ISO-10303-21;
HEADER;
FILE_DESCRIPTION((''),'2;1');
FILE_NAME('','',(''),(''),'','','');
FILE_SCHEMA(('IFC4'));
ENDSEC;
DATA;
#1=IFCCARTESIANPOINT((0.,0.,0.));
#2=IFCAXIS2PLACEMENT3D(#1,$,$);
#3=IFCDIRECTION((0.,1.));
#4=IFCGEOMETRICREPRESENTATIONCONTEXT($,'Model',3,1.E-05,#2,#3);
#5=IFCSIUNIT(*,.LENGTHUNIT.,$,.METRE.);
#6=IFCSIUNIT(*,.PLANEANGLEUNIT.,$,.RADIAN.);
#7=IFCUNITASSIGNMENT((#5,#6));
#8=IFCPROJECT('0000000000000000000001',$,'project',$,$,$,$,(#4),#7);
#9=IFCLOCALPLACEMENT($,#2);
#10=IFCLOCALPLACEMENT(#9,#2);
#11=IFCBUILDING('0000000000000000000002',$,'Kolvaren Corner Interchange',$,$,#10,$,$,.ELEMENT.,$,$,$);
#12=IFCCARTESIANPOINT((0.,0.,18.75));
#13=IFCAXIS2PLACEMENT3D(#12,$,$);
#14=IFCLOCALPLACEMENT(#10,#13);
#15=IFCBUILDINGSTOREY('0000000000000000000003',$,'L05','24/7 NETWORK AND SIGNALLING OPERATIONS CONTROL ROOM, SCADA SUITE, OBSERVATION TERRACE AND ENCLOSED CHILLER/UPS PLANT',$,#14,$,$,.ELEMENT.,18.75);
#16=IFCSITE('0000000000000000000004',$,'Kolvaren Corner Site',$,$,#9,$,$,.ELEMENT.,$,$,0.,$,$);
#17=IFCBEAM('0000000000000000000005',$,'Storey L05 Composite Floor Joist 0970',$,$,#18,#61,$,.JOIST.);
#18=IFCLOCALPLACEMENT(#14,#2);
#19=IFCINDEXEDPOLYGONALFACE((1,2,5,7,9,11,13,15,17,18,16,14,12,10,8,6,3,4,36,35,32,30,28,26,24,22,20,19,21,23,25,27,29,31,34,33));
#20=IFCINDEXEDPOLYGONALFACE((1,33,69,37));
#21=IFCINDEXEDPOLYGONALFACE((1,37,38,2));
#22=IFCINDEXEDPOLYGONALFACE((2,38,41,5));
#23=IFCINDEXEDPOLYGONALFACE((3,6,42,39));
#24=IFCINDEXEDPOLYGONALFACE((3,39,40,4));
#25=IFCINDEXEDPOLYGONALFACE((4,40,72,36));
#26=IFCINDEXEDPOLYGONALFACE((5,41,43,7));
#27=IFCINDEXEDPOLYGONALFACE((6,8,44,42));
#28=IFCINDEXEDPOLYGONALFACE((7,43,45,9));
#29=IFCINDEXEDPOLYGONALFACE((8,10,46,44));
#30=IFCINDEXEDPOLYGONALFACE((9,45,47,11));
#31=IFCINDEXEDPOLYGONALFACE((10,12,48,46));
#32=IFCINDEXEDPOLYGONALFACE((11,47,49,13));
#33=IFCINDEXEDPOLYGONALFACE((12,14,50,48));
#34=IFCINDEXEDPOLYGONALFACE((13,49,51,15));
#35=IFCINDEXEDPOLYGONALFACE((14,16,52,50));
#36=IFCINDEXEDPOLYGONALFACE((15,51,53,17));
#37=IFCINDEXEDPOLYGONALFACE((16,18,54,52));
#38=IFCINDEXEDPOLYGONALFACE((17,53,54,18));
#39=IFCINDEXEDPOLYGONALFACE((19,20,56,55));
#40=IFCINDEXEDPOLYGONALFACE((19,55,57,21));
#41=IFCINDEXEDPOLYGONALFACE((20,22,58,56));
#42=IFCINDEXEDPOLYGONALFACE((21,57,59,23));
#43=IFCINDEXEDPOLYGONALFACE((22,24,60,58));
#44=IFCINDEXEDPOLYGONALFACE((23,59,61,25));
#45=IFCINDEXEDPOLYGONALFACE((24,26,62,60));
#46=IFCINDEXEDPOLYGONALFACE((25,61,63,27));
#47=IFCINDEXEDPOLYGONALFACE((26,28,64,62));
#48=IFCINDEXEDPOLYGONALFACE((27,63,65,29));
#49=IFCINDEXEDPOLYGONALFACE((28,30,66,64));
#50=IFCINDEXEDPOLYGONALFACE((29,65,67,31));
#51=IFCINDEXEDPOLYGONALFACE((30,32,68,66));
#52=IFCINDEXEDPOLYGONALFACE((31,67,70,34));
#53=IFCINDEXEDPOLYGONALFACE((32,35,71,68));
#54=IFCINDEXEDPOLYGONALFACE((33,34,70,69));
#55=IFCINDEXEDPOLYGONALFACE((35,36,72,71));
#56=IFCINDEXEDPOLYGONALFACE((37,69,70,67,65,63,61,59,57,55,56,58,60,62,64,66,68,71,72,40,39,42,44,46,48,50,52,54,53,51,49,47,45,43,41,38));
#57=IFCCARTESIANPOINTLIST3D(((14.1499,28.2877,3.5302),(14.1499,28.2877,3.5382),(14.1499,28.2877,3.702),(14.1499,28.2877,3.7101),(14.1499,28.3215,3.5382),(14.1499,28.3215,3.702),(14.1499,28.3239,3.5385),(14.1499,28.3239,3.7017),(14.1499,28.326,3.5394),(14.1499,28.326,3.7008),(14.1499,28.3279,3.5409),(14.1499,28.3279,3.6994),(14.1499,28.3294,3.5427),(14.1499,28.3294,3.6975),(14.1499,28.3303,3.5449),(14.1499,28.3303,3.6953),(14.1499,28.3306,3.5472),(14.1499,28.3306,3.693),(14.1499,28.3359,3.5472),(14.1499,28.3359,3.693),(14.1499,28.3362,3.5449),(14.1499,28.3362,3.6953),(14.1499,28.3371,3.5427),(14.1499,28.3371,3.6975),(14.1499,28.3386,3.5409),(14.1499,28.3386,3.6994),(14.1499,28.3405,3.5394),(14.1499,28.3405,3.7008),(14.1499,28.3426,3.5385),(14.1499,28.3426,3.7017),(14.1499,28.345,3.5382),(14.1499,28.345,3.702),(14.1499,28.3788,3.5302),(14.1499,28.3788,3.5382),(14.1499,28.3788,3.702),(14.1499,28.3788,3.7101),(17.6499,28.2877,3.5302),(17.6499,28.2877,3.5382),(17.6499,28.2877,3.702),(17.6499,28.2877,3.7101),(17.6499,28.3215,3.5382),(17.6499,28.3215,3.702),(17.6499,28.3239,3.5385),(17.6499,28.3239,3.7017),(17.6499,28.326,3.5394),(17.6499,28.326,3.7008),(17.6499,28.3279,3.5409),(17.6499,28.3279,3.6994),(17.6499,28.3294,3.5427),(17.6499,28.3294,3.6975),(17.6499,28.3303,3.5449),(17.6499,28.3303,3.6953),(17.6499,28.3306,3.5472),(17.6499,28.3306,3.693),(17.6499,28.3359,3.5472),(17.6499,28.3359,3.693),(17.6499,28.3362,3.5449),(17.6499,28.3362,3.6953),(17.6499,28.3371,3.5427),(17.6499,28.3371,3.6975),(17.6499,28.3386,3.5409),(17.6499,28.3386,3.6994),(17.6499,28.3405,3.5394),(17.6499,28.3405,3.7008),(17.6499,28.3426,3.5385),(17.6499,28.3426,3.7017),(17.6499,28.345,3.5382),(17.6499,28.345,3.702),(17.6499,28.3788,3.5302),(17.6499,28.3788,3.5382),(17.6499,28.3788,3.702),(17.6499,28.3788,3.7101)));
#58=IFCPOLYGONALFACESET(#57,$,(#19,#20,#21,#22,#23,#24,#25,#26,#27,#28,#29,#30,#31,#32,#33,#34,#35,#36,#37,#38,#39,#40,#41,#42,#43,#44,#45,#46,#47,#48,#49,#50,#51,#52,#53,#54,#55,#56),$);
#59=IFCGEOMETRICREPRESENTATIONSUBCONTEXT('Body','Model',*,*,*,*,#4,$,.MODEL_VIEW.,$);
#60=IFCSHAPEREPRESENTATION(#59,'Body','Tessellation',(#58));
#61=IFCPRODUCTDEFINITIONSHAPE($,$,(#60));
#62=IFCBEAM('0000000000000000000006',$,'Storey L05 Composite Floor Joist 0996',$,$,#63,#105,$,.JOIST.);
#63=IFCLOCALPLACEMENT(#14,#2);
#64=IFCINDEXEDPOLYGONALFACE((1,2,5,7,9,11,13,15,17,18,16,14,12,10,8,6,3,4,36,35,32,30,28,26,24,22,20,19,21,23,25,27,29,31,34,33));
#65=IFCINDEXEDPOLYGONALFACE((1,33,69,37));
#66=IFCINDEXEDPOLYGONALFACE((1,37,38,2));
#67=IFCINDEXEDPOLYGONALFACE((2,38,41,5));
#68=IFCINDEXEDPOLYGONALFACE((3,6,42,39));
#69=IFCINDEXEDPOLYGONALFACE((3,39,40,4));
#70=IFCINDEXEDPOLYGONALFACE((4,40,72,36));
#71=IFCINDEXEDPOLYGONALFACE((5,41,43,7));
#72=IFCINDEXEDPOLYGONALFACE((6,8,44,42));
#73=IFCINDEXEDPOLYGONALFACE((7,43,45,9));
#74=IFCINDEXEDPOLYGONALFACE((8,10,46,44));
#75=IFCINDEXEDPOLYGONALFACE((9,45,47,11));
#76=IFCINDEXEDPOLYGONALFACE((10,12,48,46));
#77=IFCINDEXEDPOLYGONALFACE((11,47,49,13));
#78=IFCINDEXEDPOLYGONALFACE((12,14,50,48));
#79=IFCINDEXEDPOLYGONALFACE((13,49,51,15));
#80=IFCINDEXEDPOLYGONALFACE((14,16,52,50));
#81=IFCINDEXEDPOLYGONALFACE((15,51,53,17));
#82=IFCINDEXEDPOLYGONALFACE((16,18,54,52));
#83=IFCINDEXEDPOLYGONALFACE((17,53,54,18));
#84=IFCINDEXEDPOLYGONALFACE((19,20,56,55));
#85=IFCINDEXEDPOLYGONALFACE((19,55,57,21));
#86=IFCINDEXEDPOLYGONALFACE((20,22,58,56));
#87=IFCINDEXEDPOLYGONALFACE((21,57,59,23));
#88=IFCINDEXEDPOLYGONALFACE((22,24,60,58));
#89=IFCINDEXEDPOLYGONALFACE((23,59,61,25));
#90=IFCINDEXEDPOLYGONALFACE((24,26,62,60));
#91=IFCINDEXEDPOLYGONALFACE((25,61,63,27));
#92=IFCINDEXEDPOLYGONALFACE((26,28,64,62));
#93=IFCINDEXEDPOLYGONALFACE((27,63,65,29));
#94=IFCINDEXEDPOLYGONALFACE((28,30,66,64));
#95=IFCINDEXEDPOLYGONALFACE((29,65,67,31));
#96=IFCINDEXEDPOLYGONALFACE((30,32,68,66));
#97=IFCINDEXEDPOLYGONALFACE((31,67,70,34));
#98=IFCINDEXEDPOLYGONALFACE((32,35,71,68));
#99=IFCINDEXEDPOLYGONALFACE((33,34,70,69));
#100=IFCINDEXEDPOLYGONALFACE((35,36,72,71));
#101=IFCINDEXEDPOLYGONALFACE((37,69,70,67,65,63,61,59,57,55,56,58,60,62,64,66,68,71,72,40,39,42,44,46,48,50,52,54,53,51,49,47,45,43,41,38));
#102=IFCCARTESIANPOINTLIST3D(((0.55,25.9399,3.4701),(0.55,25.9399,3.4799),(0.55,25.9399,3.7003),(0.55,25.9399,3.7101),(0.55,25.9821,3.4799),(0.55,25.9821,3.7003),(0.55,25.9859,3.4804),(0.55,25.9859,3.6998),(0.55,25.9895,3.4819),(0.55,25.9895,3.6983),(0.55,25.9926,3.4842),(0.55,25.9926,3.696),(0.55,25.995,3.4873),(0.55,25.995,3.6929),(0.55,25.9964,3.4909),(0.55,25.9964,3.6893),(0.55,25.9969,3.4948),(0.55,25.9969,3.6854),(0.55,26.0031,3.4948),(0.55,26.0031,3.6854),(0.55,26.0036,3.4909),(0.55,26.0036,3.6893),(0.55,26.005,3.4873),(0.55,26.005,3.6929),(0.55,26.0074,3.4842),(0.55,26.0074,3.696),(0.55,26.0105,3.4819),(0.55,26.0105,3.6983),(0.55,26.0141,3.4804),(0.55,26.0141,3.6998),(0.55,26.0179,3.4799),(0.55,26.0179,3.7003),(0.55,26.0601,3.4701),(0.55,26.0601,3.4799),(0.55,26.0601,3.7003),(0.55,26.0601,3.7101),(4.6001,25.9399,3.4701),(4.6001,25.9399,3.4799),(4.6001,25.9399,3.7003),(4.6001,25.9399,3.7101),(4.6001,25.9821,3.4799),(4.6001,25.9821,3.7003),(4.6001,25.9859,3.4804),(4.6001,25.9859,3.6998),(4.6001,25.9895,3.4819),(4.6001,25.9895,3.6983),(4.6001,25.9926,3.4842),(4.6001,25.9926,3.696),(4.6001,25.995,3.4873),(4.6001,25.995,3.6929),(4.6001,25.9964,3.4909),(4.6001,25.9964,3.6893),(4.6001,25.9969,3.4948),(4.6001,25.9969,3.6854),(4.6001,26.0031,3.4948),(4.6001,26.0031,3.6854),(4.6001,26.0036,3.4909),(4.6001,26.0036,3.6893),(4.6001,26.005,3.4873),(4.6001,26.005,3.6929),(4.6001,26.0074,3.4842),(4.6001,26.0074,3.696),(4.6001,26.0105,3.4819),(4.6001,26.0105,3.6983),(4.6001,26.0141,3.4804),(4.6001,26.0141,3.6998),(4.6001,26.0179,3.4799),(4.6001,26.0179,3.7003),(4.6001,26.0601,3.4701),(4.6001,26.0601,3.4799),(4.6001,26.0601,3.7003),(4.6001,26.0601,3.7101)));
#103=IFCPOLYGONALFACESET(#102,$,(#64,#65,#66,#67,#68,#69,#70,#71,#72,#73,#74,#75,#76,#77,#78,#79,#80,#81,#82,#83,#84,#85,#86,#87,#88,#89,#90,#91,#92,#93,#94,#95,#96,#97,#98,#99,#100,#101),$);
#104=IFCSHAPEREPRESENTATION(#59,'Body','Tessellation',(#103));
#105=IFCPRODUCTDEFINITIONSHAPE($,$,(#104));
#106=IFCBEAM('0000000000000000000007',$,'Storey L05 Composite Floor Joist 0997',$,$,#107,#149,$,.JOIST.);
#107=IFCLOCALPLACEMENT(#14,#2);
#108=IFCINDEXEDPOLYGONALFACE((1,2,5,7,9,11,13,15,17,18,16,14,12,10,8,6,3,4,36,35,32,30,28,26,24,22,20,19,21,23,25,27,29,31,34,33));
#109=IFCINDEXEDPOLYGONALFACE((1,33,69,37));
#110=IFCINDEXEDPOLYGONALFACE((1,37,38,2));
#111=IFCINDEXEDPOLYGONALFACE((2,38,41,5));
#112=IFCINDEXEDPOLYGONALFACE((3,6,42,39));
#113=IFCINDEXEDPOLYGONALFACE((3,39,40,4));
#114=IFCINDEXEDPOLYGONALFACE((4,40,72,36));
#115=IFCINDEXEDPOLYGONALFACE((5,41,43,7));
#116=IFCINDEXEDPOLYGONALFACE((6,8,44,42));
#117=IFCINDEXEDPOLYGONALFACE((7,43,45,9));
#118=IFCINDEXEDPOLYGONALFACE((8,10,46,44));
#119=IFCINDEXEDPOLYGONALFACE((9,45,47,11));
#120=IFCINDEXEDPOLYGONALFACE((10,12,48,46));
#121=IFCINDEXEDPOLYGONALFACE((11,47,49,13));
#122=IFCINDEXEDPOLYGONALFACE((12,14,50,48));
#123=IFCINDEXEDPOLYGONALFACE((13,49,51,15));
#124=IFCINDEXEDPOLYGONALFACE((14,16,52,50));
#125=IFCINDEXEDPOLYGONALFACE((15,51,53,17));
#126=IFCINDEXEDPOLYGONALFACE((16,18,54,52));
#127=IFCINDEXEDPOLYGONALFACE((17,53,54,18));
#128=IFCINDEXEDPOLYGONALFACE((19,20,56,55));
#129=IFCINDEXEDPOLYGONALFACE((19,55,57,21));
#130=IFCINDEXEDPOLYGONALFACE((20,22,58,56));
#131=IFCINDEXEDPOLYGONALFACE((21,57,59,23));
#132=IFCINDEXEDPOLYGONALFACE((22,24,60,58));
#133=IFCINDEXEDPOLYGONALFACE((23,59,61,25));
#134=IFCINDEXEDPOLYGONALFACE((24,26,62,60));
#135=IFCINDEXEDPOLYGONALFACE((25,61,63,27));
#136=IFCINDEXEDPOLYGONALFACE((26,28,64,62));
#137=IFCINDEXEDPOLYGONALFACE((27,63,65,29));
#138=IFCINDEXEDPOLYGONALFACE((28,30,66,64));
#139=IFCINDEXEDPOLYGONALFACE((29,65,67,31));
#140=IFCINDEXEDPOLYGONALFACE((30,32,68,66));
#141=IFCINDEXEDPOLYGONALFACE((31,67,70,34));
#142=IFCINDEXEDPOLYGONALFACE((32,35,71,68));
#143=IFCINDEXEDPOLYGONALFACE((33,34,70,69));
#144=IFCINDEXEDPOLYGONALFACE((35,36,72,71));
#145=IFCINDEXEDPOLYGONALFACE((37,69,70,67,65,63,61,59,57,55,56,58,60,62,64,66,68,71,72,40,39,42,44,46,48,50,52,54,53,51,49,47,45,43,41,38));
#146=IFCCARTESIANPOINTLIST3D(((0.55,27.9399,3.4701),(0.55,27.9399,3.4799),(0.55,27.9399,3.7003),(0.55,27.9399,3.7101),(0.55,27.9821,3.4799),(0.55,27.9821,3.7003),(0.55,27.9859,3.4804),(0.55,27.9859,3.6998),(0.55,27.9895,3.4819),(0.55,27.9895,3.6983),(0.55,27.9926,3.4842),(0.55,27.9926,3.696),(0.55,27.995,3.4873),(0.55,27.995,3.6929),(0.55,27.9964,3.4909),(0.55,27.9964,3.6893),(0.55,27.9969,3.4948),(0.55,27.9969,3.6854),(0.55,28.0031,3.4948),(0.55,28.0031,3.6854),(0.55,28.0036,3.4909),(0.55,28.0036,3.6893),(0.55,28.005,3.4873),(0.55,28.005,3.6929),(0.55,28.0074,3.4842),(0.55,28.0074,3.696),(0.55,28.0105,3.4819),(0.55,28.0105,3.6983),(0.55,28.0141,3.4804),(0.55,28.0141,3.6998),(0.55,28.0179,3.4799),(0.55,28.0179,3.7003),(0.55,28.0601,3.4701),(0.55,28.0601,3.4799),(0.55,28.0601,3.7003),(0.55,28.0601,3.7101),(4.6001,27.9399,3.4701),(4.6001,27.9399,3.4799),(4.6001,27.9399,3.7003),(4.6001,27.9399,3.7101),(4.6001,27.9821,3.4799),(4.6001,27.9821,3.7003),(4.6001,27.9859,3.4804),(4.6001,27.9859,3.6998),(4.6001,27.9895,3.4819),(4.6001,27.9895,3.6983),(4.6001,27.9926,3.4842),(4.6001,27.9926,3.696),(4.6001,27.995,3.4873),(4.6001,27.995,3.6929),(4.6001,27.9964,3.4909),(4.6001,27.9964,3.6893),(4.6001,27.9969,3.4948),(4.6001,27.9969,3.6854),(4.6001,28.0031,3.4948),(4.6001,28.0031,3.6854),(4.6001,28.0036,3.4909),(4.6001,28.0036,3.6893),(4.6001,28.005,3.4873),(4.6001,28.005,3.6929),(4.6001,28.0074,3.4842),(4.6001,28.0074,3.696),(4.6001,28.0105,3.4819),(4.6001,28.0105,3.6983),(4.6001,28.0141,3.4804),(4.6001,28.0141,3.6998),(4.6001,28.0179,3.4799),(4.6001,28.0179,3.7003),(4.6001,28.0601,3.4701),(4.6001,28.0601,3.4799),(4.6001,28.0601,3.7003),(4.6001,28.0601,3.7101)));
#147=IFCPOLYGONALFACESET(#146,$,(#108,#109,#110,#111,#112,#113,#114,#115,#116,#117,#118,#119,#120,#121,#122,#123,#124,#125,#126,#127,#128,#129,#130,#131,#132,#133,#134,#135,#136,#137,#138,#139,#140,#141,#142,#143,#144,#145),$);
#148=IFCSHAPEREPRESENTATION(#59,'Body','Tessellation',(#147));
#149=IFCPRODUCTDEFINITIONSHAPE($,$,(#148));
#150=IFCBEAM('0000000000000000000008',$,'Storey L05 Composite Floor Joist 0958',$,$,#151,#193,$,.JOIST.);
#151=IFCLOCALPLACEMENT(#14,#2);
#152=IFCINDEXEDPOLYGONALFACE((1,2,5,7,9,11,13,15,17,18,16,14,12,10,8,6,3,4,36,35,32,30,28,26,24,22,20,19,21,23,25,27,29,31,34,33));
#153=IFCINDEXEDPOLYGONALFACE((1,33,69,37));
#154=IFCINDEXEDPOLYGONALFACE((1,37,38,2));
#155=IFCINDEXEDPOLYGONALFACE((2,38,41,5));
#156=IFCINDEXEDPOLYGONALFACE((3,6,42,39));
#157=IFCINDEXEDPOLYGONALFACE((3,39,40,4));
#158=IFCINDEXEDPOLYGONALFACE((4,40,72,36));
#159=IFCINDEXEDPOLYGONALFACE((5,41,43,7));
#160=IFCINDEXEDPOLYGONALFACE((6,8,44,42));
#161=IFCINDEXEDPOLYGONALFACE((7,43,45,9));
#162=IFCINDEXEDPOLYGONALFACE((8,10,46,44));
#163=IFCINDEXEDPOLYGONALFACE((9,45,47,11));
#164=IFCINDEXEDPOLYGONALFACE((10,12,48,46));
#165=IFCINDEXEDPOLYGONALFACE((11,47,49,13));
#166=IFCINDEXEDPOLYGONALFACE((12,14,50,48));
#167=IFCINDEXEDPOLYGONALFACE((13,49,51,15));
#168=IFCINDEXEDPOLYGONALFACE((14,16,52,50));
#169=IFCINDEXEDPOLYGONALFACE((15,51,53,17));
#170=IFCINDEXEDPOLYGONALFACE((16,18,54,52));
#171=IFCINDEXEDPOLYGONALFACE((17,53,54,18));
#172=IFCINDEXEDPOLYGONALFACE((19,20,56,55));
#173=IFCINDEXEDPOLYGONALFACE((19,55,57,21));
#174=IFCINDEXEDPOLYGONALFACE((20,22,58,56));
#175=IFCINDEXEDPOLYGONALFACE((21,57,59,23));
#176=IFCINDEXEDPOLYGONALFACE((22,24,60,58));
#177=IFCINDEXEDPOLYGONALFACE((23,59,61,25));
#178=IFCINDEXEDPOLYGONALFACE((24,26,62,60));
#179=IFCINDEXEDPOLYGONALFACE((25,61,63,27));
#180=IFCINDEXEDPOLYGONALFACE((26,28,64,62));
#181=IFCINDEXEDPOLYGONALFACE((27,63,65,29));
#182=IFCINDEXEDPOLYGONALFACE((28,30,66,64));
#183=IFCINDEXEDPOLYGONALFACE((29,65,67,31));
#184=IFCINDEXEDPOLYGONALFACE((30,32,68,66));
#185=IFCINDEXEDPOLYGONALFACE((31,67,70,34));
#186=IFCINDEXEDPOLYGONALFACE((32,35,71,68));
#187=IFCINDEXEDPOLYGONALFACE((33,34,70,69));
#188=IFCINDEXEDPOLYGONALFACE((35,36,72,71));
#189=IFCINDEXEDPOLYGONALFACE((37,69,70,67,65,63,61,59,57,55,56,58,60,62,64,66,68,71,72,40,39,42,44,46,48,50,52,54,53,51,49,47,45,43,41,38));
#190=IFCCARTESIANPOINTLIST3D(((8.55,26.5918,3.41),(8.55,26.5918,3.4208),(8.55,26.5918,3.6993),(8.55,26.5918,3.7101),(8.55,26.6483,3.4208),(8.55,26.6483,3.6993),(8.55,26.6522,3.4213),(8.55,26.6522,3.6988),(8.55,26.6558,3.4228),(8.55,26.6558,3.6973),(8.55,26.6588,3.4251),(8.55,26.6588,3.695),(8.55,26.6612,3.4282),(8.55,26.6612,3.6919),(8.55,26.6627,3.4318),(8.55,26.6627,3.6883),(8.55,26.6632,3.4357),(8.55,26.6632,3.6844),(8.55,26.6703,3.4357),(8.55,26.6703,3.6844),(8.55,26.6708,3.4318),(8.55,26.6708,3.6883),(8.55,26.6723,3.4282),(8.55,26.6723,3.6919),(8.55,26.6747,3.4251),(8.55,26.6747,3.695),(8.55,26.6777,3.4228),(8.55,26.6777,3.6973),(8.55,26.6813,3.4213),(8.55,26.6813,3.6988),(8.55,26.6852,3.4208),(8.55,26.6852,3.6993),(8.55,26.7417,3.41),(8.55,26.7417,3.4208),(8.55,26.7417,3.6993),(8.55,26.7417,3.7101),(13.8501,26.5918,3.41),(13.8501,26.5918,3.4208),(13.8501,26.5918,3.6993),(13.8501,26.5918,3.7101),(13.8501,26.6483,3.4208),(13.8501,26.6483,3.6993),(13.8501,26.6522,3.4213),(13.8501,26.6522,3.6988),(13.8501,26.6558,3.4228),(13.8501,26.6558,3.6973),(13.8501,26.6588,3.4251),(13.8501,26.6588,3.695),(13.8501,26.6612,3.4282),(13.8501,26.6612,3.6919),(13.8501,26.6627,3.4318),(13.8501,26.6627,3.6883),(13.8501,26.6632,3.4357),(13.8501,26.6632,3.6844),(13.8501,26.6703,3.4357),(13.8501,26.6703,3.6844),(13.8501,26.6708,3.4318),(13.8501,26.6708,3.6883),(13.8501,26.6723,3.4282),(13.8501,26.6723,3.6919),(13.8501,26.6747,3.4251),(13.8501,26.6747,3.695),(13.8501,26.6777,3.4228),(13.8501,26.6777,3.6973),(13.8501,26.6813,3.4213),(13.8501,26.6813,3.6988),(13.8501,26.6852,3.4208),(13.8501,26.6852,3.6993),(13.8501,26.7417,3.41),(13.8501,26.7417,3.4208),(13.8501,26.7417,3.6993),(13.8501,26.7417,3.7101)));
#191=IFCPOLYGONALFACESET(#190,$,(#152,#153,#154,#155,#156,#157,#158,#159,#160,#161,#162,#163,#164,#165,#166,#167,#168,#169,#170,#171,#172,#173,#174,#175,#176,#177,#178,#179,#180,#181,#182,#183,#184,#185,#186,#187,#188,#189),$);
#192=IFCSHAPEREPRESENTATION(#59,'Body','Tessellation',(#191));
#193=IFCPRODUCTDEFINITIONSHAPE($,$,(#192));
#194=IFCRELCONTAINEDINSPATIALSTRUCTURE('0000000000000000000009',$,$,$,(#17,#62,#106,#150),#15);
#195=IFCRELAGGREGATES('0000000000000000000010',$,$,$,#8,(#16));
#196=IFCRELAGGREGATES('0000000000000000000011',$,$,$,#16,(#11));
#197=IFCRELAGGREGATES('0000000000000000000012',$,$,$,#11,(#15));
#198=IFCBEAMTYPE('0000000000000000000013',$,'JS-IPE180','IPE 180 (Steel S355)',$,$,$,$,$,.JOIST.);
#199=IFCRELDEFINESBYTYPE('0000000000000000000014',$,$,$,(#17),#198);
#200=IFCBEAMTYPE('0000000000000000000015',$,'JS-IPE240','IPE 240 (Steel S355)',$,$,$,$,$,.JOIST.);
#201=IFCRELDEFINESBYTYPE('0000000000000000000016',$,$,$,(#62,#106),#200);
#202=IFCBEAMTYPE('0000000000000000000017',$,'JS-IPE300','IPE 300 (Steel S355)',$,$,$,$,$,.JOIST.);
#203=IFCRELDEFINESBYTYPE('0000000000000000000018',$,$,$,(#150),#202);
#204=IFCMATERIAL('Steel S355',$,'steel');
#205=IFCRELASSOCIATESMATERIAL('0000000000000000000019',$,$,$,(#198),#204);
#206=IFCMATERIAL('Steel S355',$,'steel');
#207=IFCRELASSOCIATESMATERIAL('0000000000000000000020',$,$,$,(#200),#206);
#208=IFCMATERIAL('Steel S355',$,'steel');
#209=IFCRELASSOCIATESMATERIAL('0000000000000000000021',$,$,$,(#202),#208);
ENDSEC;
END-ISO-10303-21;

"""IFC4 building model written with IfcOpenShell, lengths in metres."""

from ifc_helpers import new_model, si_unit, direction, frame, origin, origin_2d, place, context, subcontext, project, spatial, i_section, extrude, material, material_profile, profile_set, type_object, element, save


model = new_model("IFC4")

# Units and contexts
model_context = context("Model", 3, precision=1e-05, world=origin(), true_north=direction((0.0, 1.0)))
body_context = subcontext(model_context, "Body", "Model", "MODEL_VIEW")
ifc_project = project(units=[si_unit("LENGTHUNIT", "METRE"), si_unit("PLANEANGLEUNIT", "RADIAN")], contexts=[model_context])

# Site, building, storey
site_placement = place(None, origin())
site = spatial("IfcSite", under=ifc_project, at=site_placement, Name="Kolvaren Corner Site", CompositionType="ELEMENT", RefElevation=0.0)
building_placement = place(site_placement, origin())
building = spatial("IfcBuilding", under=site, at=building_placement, Name="Kolvaren Corner Interchange", CompositionType="ELEMENT")
storey_placement = place(building_placement, frame((0.0, 0.0, 18.75)))
storey = spatial("IfcBuildingStorey", under=building, at=storey_placement, Name="L05", Description="24/7 NETWORK AND SIGNALLING OPERATIONS CONTROL ROOM, SCADA SUITE, OBSERVATION TERRACE AND ENCLOSED CHILLER/UPS PLANT", CompositionType="ELEMENT", Elevation=18.75)

# Beams
ifc_material_1 = material(Name="Steel S355", Category="steel")
ifc_material_profile_1 = material_profile(ifc_material_1, i_section(OverallWidth=0.0911, OverallDepth=0.1799, WebThickness=0.0054, FlangeThickness=0.0081, FilletRadius=0.009, at=origin_2d()), Name="IPE 180")
ifc_profile_set_1 = profile_set([ifc_material_profile_1], Name="Steel S355")
beam_type_1 = type_object("IfcBeamType", Name="JS-IPE180", Description="IPE 180 (Steel S355)", PredefinedType="JOIST", material=ifc_profile_set_1)
for number, where, z_axis, x_axis, name in (
    (1, (14.1499, 28.3333, 3.6201), (1.0, 0.0, 0.0), (0.0, 1.0, 0.0), "Storey L05 Composite Floor Joist 0970"),
):
    element("IfcBeam", number, at=place(storey_placement, frame(where, z_axis=z_axis, x_axis=x_axis)), inside=storey, type_object=beam_type_1, Name=name, PredefinedType="JOIST", context=body_context, shape_type="SweptSolid", body=[
        extrude(i_section(OverallWidth=0.0911, OverallDepth=0.1799, WebThickness=0.0054, FlangeThickness=0.0081, FilletRadius=0.009, at=origin_2d()), origin(), (0.0, 0.0, 1.0), 3.5),
    ])
ifc_material_2 = material(Name="Steel S355", Category="steel")
ifc_material_profile_2 = material_profile(ifc_material_2, i_section(OverallWidth=0.1201, OverallDepth=0.24, WebThickness=0.0061, FlangeThickness=0.0098, FilletRadius=0.0149, at=origin_2d()), Name="IPE 240")
ifc_profile_set_2 = profile_set([ifc_material_profile_2], Name="Steel S355")
beam_type_2 = type_object("IfcBeamType", Name="JS-IPE240", Description="IPE 240 (Steel S355)", PredefinedType="JOIST", material=ifc_profile_set_2)
for number, where, z_axis, x_axis, name in (
    (2, (0.55, 26.0, 3.5901), (1.0, 0.0, 0.0), (0.0, 1.0, 0.0), "Storey L05 Composite Floor Joist 0996"),
    (3, (0.55, 28.0, 3.5901), (1.0, 0.0, 0.0), (0.0, 1.0, 0.0), "Storey L05 Composite Floor Joist 0997"),
):
    element("IfcBeam", number, at=place(storey_placement, frame(where, z_axis=z_axis, x_axis=x_axis)), inside=storey, type_object=beam_type_2, Name=name, PredefinedType="JOIST", context=body_context, shape_type="SweptSolid", body=[
        extrude(i_section(OverallWidth=0.1201, OverallDepth=0.24, WebThickness=0.0061, FlangeThickness=0.0098, FilletRadius=0.0149, at=origin_2d()), origin(), (0.0, 0.0, 1.0), 4.05),
    ])
ifc_material_3 = material(Name="Steel S355", Category="steel")
ifc_material_profile_3 = material_profile(ifc_material_3, i_section(OverallWidth=0.1499, OverallDepth=0.3, WebThickness=0.0071, FlangeThickness=0.0107, FilletRadius=0.0149, at=origin_2d()), Name="IPE 300")
ifc_profile_set_3 = profile_set([ifc_material_profile_3], Name="Steel S355")
beam_type_3 = type_object("IfcBeamType", Name="JS-IPE300", Description="IPE 300 (Steel S355)", PredefinedType="JOIST", material=ifc_profile_set_3)
for number, where, z_axis, x_axis, name in (
    (4, (8.55, 26.6667, 3.5601), (1.0, 0.0, 0.0), (0.0, 1.0, 0.0), "Storey L05 Composite Floor Joist 0958"),
):
    element("IfcBeam", number, at=place(storey_placement, frame(where, z_axis=z_axis, x_axis=x_axis)), inside=storey, type_object=beam_type_3, Name=name, PredefinedType="JOIST", context=body_context, shape_type="SweptSolid", body=[
        extrude(i_section(OverallWidth=0.1499, OverallDepth=0.3, WebThickness=0.0071, FlangeThickness=0.0107, FilletRadius=0.0149, at=origin_2d()), origin(), (0.0, 0.0, 1.0), 5.3),
    ])

save(model, "model.ifc")
